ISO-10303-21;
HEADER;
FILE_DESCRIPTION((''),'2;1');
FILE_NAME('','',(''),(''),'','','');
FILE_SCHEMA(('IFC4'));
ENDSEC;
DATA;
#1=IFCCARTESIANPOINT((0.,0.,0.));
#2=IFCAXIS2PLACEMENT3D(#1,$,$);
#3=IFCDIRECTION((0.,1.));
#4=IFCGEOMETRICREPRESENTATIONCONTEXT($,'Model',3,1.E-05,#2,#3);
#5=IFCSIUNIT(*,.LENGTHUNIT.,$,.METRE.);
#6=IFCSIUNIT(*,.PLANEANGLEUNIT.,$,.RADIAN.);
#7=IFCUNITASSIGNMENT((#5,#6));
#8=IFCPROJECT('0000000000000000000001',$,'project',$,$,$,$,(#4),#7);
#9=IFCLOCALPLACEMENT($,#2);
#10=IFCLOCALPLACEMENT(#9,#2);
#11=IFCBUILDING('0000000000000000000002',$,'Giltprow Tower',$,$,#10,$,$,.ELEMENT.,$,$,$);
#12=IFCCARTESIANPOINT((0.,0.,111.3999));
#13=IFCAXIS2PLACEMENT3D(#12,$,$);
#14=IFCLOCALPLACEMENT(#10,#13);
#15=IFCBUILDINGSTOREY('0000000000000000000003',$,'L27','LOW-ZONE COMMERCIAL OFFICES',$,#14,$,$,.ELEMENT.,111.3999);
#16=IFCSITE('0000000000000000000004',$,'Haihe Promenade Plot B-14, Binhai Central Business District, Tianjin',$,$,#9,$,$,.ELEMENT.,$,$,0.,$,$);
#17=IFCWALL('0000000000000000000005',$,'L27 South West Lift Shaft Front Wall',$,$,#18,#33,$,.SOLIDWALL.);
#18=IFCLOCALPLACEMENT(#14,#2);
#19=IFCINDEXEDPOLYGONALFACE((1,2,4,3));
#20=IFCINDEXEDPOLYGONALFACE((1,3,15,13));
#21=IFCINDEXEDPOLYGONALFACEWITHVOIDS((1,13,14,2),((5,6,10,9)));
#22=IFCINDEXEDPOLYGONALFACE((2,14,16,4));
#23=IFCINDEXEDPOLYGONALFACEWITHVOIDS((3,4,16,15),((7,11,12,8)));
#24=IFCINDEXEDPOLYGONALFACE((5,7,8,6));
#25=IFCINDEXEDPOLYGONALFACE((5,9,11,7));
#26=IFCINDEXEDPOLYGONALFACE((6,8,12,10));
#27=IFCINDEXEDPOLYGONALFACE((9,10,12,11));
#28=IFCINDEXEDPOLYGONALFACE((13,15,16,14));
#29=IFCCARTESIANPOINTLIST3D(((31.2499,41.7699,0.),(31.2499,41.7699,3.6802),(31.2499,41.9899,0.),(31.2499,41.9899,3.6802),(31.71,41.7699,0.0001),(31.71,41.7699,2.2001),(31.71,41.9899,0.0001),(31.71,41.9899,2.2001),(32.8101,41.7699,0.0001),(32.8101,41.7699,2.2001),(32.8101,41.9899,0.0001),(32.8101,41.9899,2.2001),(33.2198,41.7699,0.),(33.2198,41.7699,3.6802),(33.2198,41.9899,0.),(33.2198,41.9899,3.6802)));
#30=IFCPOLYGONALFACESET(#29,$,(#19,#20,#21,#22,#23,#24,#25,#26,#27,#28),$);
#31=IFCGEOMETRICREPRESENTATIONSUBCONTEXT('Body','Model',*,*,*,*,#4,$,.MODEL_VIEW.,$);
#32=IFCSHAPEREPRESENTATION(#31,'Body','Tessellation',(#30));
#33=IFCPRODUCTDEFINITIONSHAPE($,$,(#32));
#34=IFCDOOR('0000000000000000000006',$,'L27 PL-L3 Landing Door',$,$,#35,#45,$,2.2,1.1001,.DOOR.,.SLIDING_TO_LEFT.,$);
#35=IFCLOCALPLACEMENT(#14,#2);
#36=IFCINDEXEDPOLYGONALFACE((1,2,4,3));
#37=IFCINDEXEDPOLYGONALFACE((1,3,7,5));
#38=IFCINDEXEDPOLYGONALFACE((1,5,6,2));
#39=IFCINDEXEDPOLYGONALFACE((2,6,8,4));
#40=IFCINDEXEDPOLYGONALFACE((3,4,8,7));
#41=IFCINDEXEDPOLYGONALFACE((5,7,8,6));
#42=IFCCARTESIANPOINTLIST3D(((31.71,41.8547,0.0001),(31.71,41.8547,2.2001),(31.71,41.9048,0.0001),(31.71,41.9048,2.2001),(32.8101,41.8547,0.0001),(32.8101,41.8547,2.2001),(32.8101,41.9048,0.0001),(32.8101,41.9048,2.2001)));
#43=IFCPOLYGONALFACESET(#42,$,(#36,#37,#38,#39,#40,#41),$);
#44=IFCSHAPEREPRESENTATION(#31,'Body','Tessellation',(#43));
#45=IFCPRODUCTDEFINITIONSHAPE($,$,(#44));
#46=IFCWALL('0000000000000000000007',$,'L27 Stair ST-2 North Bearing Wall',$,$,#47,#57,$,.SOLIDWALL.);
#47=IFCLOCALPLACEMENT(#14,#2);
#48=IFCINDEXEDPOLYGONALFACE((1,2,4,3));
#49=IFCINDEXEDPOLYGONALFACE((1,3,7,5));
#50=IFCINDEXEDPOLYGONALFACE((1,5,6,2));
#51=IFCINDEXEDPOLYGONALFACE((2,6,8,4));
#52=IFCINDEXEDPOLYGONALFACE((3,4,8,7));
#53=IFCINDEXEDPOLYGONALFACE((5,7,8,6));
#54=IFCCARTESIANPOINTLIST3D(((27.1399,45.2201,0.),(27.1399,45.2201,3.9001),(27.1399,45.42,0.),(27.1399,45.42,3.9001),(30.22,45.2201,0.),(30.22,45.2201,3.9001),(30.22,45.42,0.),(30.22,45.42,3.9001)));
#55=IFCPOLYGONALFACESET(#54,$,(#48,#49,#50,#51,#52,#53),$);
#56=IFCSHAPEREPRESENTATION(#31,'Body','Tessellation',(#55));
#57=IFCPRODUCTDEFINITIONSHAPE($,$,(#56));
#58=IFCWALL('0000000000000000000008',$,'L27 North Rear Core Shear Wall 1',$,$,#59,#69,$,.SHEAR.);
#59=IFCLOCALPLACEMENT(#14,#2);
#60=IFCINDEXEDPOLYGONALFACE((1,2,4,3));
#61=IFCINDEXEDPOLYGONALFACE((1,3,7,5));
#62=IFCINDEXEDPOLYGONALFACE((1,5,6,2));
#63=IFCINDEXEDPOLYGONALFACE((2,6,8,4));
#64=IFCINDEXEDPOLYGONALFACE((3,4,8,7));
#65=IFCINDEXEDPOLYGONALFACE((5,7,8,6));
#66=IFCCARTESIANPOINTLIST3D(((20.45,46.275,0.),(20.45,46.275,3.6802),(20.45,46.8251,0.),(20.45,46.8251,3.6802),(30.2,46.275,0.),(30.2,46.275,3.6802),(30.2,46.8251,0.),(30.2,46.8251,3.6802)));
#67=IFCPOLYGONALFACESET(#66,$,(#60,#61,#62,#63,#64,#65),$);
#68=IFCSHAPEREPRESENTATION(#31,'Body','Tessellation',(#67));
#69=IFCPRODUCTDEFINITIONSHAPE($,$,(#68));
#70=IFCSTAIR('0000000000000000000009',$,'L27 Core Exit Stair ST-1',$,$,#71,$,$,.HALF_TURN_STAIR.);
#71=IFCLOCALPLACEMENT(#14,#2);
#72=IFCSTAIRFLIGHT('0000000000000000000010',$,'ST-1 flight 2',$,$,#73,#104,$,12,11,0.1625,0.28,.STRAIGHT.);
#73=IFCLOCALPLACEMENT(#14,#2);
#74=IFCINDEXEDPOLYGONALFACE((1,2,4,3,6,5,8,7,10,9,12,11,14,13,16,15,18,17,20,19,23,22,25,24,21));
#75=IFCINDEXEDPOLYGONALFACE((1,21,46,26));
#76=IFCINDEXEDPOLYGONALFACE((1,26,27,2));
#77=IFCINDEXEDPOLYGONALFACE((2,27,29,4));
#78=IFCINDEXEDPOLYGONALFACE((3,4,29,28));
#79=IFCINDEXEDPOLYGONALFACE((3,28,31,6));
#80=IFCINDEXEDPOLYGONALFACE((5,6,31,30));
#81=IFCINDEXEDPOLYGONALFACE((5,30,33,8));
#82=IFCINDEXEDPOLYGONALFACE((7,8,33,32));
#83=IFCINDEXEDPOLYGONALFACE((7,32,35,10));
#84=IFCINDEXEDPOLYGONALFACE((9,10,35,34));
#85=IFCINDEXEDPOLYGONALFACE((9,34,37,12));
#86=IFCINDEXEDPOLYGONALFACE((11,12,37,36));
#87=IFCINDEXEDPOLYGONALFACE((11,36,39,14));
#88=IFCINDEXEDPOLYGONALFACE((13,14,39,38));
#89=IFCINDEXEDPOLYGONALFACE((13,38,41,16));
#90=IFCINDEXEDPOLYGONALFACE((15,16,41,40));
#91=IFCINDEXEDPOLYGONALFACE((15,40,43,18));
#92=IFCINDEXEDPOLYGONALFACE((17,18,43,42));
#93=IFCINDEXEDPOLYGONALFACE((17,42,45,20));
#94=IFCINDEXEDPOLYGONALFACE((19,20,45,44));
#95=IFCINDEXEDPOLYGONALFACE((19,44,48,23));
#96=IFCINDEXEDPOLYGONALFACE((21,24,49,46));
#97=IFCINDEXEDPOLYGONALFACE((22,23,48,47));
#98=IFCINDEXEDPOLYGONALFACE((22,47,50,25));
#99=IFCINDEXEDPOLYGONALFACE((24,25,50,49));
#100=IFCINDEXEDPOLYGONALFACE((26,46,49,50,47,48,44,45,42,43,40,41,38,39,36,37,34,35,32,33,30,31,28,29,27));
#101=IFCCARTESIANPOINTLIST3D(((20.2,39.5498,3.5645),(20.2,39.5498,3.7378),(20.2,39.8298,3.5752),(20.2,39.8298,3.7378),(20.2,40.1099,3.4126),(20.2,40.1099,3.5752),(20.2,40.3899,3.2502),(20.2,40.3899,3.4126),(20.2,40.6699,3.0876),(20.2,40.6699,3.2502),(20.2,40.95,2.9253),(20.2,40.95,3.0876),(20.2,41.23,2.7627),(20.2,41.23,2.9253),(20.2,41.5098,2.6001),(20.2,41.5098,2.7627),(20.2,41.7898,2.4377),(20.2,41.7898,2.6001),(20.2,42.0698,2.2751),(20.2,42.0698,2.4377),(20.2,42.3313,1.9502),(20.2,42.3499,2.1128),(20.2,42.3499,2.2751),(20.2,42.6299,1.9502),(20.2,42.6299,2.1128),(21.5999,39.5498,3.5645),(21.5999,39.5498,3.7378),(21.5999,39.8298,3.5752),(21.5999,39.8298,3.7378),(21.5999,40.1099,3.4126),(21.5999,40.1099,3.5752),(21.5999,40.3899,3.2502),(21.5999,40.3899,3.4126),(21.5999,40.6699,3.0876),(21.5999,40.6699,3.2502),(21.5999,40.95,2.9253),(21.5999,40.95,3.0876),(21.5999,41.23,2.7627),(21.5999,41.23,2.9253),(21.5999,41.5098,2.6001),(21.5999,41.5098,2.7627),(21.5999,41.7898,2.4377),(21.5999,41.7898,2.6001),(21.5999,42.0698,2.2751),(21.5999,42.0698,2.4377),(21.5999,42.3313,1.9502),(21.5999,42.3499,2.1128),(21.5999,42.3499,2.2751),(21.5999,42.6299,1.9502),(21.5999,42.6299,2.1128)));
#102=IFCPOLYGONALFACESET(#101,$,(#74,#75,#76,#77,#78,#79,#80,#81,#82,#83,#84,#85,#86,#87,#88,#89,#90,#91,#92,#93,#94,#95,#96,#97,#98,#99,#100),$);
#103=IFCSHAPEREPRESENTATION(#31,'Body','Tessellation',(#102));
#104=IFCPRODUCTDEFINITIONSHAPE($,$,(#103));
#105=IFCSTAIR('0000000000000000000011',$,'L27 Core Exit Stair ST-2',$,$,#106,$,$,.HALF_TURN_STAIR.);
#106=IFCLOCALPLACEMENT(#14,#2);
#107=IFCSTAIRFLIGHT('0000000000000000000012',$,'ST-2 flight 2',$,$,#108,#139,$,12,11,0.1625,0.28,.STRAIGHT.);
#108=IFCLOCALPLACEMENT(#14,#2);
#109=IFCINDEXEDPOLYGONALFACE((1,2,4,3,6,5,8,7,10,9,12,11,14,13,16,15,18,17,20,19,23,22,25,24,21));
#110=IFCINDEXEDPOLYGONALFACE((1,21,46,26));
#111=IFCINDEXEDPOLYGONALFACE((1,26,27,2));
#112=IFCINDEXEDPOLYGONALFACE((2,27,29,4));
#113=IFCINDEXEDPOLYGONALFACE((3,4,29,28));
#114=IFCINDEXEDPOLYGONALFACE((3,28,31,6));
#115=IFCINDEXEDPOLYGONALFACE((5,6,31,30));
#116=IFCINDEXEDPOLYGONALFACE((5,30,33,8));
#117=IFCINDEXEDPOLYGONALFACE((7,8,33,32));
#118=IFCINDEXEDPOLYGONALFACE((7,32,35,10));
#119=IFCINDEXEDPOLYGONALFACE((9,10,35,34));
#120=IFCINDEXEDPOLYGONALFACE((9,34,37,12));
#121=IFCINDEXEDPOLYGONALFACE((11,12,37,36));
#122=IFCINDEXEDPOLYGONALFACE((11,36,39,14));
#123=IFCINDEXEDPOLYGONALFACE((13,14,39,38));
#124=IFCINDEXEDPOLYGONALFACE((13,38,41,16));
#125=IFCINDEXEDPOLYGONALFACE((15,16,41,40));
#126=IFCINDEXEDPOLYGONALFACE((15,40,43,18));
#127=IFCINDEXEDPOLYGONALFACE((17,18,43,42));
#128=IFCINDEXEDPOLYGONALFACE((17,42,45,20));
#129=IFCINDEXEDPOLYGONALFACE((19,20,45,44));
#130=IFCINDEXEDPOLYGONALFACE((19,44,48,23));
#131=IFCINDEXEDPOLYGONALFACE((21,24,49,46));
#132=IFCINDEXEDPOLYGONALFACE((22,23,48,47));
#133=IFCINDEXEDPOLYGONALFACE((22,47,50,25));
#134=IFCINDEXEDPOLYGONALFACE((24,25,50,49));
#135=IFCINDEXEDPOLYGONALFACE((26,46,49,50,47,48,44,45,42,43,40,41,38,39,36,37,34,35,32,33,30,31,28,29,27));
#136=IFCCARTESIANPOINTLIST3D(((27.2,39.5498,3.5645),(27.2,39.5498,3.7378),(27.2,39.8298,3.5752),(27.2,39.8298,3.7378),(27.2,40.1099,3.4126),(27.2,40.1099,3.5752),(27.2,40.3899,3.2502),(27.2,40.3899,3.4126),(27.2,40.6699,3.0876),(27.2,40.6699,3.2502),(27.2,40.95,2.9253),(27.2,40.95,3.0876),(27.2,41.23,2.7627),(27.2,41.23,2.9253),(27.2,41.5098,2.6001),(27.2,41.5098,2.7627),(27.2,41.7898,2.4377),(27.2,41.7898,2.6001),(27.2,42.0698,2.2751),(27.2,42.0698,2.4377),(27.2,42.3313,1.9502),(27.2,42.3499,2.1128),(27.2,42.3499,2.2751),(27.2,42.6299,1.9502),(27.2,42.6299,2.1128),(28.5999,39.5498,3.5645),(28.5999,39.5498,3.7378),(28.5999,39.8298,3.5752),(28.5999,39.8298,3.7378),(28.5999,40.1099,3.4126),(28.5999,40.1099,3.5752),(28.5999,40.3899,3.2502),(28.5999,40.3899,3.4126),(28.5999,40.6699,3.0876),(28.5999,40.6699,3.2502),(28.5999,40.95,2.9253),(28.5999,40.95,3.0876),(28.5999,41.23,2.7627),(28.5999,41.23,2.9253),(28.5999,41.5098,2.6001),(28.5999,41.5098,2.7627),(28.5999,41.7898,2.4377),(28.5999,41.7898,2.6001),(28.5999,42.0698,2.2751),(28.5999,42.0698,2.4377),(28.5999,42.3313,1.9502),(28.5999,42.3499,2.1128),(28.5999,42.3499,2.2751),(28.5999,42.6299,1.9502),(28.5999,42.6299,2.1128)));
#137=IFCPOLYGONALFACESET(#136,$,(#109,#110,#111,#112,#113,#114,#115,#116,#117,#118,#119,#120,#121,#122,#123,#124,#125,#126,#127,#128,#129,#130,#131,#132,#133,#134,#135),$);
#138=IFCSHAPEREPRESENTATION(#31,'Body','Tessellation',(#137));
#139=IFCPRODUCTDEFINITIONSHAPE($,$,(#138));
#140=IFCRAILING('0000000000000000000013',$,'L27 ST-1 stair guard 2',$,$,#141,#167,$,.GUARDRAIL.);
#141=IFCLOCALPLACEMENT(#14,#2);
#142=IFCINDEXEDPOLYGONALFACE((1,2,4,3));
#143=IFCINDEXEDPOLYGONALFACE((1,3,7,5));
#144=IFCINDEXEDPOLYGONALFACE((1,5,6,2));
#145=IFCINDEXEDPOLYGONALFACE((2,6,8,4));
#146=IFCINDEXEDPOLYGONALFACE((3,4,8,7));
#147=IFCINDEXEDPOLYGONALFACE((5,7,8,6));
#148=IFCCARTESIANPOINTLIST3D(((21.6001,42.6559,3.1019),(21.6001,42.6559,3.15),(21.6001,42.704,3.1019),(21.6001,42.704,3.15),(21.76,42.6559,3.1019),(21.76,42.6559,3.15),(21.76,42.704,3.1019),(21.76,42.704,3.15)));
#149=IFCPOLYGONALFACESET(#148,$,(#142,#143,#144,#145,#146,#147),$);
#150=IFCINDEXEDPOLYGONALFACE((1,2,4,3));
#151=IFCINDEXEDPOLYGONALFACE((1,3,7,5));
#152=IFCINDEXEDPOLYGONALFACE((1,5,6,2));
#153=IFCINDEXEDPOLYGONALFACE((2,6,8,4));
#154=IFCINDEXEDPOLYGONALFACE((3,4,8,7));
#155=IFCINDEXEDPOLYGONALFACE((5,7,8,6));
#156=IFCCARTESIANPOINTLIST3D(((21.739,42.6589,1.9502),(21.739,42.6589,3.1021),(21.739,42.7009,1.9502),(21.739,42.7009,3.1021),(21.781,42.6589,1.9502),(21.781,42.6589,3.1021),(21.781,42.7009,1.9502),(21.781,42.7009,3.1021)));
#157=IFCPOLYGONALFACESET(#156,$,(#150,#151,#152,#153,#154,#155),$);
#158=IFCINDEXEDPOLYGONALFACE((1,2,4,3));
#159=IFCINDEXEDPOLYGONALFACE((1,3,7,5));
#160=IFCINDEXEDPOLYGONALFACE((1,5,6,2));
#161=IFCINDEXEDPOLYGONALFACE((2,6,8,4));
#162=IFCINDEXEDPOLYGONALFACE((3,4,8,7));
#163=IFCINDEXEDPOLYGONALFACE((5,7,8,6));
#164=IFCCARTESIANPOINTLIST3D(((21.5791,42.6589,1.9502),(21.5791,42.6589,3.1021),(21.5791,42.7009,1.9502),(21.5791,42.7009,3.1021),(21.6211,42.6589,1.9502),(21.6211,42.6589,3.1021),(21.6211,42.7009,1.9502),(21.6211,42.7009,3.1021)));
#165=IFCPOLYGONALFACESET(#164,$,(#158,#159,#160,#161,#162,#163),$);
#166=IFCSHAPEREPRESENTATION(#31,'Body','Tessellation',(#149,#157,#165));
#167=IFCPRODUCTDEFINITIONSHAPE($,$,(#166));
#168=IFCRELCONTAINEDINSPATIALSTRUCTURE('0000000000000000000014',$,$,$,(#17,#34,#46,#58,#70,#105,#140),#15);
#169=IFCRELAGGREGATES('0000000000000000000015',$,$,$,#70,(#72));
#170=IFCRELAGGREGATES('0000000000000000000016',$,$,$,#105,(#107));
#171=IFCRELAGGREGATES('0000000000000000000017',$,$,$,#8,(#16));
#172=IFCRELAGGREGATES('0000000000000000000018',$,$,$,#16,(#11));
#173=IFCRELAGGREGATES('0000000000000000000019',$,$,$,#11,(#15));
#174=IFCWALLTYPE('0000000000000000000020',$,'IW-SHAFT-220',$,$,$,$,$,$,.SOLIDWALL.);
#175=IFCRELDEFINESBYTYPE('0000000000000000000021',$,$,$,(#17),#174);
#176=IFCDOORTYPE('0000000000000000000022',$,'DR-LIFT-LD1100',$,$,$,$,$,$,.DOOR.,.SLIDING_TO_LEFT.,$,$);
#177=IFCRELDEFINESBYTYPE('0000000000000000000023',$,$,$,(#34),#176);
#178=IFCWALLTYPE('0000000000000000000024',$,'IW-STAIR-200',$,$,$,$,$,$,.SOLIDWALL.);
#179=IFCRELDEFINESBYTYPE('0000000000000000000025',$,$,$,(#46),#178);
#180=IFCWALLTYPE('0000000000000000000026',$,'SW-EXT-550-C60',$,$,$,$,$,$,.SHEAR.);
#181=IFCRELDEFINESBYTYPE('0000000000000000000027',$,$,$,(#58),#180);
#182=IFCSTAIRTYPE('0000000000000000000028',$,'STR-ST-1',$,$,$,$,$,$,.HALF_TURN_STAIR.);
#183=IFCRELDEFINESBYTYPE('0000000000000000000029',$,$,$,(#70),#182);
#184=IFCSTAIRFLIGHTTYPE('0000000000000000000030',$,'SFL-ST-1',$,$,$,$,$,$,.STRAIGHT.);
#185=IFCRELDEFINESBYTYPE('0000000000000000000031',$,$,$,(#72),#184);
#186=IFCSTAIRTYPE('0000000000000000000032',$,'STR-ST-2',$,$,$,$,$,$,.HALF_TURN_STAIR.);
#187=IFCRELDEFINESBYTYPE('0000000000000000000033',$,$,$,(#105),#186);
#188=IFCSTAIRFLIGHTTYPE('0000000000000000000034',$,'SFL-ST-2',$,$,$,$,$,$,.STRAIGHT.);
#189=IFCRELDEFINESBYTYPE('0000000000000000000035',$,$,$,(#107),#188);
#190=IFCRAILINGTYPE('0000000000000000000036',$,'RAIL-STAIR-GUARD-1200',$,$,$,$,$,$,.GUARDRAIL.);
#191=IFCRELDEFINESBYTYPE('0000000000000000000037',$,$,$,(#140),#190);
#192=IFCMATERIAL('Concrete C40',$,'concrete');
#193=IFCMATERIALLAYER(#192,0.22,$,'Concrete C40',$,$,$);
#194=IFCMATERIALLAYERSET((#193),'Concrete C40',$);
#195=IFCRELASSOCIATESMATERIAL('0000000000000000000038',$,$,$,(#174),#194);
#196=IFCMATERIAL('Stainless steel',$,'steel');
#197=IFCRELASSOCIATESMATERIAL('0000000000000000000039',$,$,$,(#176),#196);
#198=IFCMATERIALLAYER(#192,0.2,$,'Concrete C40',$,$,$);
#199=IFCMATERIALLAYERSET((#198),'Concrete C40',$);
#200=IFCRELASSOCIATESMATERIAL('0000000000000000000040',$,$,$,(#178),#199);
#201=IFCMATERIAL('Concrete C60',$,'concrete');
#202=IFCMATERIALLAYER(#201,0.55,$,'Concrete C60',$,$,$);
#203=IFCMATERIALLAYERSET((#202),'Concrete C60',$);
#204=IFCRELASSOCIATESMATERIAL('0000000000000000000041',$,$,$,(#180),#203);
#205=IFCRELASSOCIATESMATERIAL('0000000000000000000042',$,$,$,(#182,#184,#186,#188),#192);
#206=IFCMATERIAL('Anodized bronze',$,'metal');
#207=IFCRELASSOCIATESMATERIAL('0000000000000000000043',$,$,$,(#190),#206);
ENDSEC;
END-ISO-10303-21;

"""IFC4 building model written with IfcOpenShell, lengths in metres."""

from ifc_helpers import new_model, si_unit, direction, frame, frame_2d, origin, origin_2d, place, context, subcontext, project, spatial, polyline, rectangle, outline, extrude, source, transform, mapped, material, layer, layer_set, type_object, element, fill, aggregate, save


model = new_model("IFC4")

# Units and contexts
model_context = context("Model", 3, precision=1e-05, world=origin(), true_north=direction((0.0, 1.0)))
body_context = subcontext(model_context, "Body", "Model", "MODEL_VIEW")
ifc_project = project(units=[si_unit("LENGTHUNIT", "METRE"), si_unit("PLANEANGLEUNIT", "RADIAN")], contexts=[model_context])

# Site, building, storey
site_placement = place(None, origin())
site = spatial("IfcSite", under=ifc_project, at=site_placement, Name="Haihe Promenade Plot B-14, Binhai Central Business District, Tianjin", CompositionType="ELEMENT", RefElevation=0.0)
building_placement = place(site_placement, origin())
building = spatial("IfcBuilding", under=site, at=building_placement, Name="Giltprow Tower", CompositionType="ELEMENT")
storey_placement = place(building_placement, frame((0.0, 0.0, 111.3999)))
storey = spatial("IfcBuildingStorey", under=building, at=storey_placement, Name="L27", Description="LOW-ZONE COMMERCIAL OFFICES", CompositionType="ELEMENT", Elevation=111.3999)

# Shared definitions
ifc_material_1 = material(Name="Concrete C60", Category="concrete")

# Shared definitions
ifc_material_2 = material(Name="Concrete C40", Category="concrete")
ifc_layer_1 = layer(ifc_material_2, 0.22, Name="Concrete C40")
ifc_layer_set_1 = layer_set([ifc_layer_1], Name="Concrete C40")
wall_type_1 = type_object("IfcWallType", Name="IW-SHAFT-220", PredefinedType="SOLIDWALL", material=ifc_layer_set_1)
ifc_material_3 = material(Name="Stainless steel", Category="steel")
door_type = type_object("IfcDoorType", Name="DR-LIFT-LD1100", OperationType="SLIDING_TO_LEFT", PredefinedType="DOOR", material=ifc_material_3)
shared_shape_1 = source(origin(), body_context, "Body", "SweptSolid", [
    extrude(rectangle(XDim=1.1001, YDim=2.2, at=frame_2d((0.55, 1.1001))), frame((0.0, 0.0249, 0.0), z_axis=(0.0, -1.0, 0.0), x_axis=(1.0, 0.0, 0.0)), (0.0, 0.0, 1.0), 0.05),
])

# Wall, opening, door
wall_1_placement = place(storey_placement, frame((31.25, 41.8799, 0.0), z_axis=(0.0, 0.0, 1.0), x_axis=(1.0, 0.0, 0.0)))
wall_1 = element("IfcWall", 1, at=wall_1_placement, inside=storey, type_object=wall_type_1, Name="L27 South West Lift Shaft Front Wall", PredefinedType="SOLIDWALL", context=body_context, shape_type="SweptSolid", body=[
    extrude(rectangle(XDim=1.97, YDim=0.22, at=frame_2d((0.9849, 0.0))), origin(), (0.0, 0.0, 1.0), 3.6802),
])
opening_1_placement = place(wall_1_placement, frame((0.46, 0.0, 0.0)))
opening_1 = element("IfcOpeningElement", 2, at=opening_1_placement, cuts=wall_1, PredefinedType="OPENING", context=body_context, shape_type="SweptSolid", body=[
    extrude(rectangle(XDim=1.1001, YDim=2.2, at=frame_2d((0.55, 1.1001))), frame((0.0, 0.1199, 0.0), z_axis=(0.0, -1.0, 0.0), x_axis=(1.0, 0.0, 0.0)), (0.0, 0.0, 1.0), 0.24),
])
door_1_placement = place(opening_1_placement, origin())
door_1 = element("IfcDoor", 3, at=door_1_placement, inside=storey, type_object=door_type, Name="L27 PL-L3 Landing Door", OperationType="SLIDING_TO_LEFT", OverallHeight=2.2, OverallWidth=1.1001, PredefinedType="DOOR", context=body_context, shape_type="MappedRepresentation", body=[
    mapped(shared_shape_1, transform((0.0, 0.0, 0.0), x_axis=(1.0, 0.0, 0.0), y_axis=(0.0, 1.0, 0.0), z_axis=(0.0, 0.0, 1.0), scale=1.0)),
])
fill(opening_1, door_1)

# Walls
ifc_layer_2 = layer(ifc_material_2, 0.2, Name="Concrete C40")
ifc_layer_set_2 = layer_set([ifc_layer_2], Name="Concrete C40")
wall_type_2 = type_object("IfcWallType", Name="IW-STAIR-200", PredefinedType="SOLIDWALL", material=ifc_layer_set_2)
wall_2_placement = place(storey_placement, frame((27.1399, 45.3201, 0.0), z_axis=(0.0, 0.0, 1.0), x_axis=(1.0, 0.0, 0.0)))
element("IfcWall", 4, at=wall_2_placement, inside=storey, type_object=wall_type_2, Name="L27 Stair ST-2 North Bearing Wall", PredefinedType="SOLIDWALL", context=body_context, shape_type="SweptSolid", body=[
    extrude(rectangle(XDim=3.0801, YDim=0.2, at=frame_2d((1.54, 0.0))), origin(), (0.0, 0.0, 1.0), 3.9001),
])
ifc_layer_3 = layer(ifc_material_1, 0.55, Name="Concrete C60")
ifc_layer_set_3 = layer_set([ifc_layer_3], Name="Concrete C60")
wall_type_3 = type_object("IfcWallType", Name="SW-EXT-550-C60", PredefinedType="SHEAR", material=ifc_layer_set_3)
wall_3_placement = place(storey_placement, frame((20.45, 46.55, 0.0), z_axis=(0.0, 0.0, 1.0), x_axis=(1.0, 0.0, 0.0)))
element("IfcWall", 5, at=wall_3_placement, inside=storey, type_object=wall_type_3, Name="L27 North Rear Core Shear Wall 1", PredefinedType="SHEAR", context=body_context, shape_type="SweptSolid", body=[
    extrude(rectangle(XDim=9.75, YDim=0.55, at=frame_2d((4.875, 0.0))), origin(), (0.0, 0.0, 1.0), 3.6802),
])

# Stairs, stair flights
stair_type_1 = type_object("IfcStairType", Name="STR-ST-1", PredefinedType="HALF_TURN_STAIR", material=ifc_material_2)
stair_1_placement = place(storey_placement, origin())
stair_1 = element("IfcStair", 6, at=stair_1_placement, inside=storey, type_object=stair_type_1, Name="L27 Core Exit Stair ST-1", PredefinedType="HALF_TURN_STAIR")
stair_flight_type_1 = type_object("IfcStairFlightType", Name="SFL-ST-1", PredefinedType="STRAIGHT", material=ifc_material_2)
stair_flight_1_placement = place(storey_placement, frame((20.8999, 42.6299, 1.9502), z_axis=(0.0, 0.0, 1.0), x_axis=(0.0, -1.0, 0.0)))
stair_flight_1 = element("IfcStairFlight", 7, at=stair_flight_1_placement, type_object=stair_flight_type_1, Name="ST-1 flight 2", NumberOfRisers=12, NumberOfTreads=11, PredefinedType="STRAIGHT", RiserHeight=0.1625, TreadLength=0.28, context=body_context, shape_type="SweptSolid", body=[
    extrude(outline(polyline([(0.0, 0.0), (0.0, 0.1626), (0.28, 0.1626), (0.28, 0.325), (0.5601, 0.325), (0.5601, 0.4875), (0.8401, 0.4875), (0.8401, 0.6499), (1.1201, 0.6499), (1.1201, 0.8125), (1.3999, 0.8125), (1.3999, 0.9751), (1.6799, 0.9751), (1.6799, 1.1375), (1.96, 1.1375), (1.96, 1.3), (2.24, 1.3), (2.24, 1.4624), (2.52, 1.4624), (2.52, 1.625), (2.8, 1.625), (2.8, 1.7876), (3.0801, 1.7876), (3.0801, 1.95), (3.0801, 1.6143), (0.2986, 0.0), (0.0, 0.0)])), frame((0.0, 0.7, 0.0), z_axis=(0.0, -1.0, 0.0), x_axis=(1.0, 0.0, 0.0)), (0.0, 0.0, 1.0), 1.3999),
])
aggregate(stair_1, [stair_flight_1])
stair_type_2 = type_object("IfcStairType", Name="STR-ST-2", PredefinedType="HALF_TURN_STAIR", material=ifc_material_2)
stair_2_placement = place(storey_placement, origin())
stair_2 = element("IfcStair", 8, at=stair_2_placement, inside=storey, type_object=stair_type_2, Name="L27 Core Exit Stair ST-2", PredefinedType="HALF_TURN_STAIR")
stair_flight_type_2 = type_object("IfcStairFlightType", Name="SFL-ST-2", PredefinedType="STRAIGHT", material=ifc_material_2)
stair_flight_2_placement = place(storey_placement, frame((27.8999, 42.6299, 1.9502), z_axis=(0.0, 0.0, 1.0), x_axis=(0.0, -1.0, 0.0)))
stair_flight_2 = element("IfcStairFlight", 9, at=stair_flight_2_placement, type_object=stair_flight_type_2, Name="ST-2 flight 2", NumberOfRisers=12, NumberOfTreads=11, PredefinedType="STRAIGHT", RiserHeight=0.1625, TreadLength=0.28, context=body_context, shape_type="SweptSolid", body=[
    extrude(outline(polyline([(0.0, 0.0), (0.0, 0.1626), (0.28, 0.1626), (0.28, 0.325), (0.5601, 0.325), (0.5601, 0.4875), (0.8401, 0.4875), (0.8401, 0.6499), (1.1201, 0.6499), (1.1201, 0.8125), (1.3999, 0.8125), (1.3999, 0.9751), (1.6799, 0.9751), (1.6799, 1.1375), (1.96, 1.1375), (1.96, 1.3), (2.24, 1.3), (2.24, 1.4624), (2.52, 1.4624), (2.52, 1.625), (2.8, 1.625), (2.8, 1.7876), (3.0801, 1.7876), (3.0801, 1.95), (3.0801, 1.6143), (0.2986, 0.0), (0.0, 0.0)])), frame((0.0, 0.7, 0.0), z_axis=(0.0, -1.0, 0.0), x_axis=(1.0, 0.0, 0.0)), (0.0, 0.0, 1.0), 1.3999),
])
aggregate(stair_2, [stair_flight_2])

# Railing
ifc_material_4 = material(Name="Anodized bronze", Category="metal")
railing_type_1 = type_object("IfcRailingType", Name="RAIL-STAIR-GUARD-1200", PredefinedType="GUARDRAIL", material=ifc_material_4)
railing_1_placement = place(storey_placement, frame((21.76, 42.6799, 1.9502)))
element("IfcRailing", 10, at=railing_1_placement, inside=storey, type_object=railing_type_1, Name="L27 ST-1 stair guard 2", PredefinedType="GUARDRAIL", context=body_context, shape_type="SweptSolid", body=[
    extrude(rectangle(XDim=0.0481, YDim=0.0481, at=origin_2d()), frame((0.0, 0.0, 1.1758), z_axis=(-1.0, 0.0, 0.0), x_axis=(0.0, -1.0, 0.0)), (0.0, 0.0, 1.0), 0.1599),
    extrude(rectangle(XDim=0.042, YDim=0.042, at=origin_2d()), origin(), (0.0, 0.0, 1.0), 1.1519),
    extrude(rectangle(XDim=0.042, YDim=0.042, at=origin_2d()), frame((-0.1599, 0.0, 0.0)), (0.0, 0.0, 1.0), 1.1519),
])

save(model, "model.ifc")
